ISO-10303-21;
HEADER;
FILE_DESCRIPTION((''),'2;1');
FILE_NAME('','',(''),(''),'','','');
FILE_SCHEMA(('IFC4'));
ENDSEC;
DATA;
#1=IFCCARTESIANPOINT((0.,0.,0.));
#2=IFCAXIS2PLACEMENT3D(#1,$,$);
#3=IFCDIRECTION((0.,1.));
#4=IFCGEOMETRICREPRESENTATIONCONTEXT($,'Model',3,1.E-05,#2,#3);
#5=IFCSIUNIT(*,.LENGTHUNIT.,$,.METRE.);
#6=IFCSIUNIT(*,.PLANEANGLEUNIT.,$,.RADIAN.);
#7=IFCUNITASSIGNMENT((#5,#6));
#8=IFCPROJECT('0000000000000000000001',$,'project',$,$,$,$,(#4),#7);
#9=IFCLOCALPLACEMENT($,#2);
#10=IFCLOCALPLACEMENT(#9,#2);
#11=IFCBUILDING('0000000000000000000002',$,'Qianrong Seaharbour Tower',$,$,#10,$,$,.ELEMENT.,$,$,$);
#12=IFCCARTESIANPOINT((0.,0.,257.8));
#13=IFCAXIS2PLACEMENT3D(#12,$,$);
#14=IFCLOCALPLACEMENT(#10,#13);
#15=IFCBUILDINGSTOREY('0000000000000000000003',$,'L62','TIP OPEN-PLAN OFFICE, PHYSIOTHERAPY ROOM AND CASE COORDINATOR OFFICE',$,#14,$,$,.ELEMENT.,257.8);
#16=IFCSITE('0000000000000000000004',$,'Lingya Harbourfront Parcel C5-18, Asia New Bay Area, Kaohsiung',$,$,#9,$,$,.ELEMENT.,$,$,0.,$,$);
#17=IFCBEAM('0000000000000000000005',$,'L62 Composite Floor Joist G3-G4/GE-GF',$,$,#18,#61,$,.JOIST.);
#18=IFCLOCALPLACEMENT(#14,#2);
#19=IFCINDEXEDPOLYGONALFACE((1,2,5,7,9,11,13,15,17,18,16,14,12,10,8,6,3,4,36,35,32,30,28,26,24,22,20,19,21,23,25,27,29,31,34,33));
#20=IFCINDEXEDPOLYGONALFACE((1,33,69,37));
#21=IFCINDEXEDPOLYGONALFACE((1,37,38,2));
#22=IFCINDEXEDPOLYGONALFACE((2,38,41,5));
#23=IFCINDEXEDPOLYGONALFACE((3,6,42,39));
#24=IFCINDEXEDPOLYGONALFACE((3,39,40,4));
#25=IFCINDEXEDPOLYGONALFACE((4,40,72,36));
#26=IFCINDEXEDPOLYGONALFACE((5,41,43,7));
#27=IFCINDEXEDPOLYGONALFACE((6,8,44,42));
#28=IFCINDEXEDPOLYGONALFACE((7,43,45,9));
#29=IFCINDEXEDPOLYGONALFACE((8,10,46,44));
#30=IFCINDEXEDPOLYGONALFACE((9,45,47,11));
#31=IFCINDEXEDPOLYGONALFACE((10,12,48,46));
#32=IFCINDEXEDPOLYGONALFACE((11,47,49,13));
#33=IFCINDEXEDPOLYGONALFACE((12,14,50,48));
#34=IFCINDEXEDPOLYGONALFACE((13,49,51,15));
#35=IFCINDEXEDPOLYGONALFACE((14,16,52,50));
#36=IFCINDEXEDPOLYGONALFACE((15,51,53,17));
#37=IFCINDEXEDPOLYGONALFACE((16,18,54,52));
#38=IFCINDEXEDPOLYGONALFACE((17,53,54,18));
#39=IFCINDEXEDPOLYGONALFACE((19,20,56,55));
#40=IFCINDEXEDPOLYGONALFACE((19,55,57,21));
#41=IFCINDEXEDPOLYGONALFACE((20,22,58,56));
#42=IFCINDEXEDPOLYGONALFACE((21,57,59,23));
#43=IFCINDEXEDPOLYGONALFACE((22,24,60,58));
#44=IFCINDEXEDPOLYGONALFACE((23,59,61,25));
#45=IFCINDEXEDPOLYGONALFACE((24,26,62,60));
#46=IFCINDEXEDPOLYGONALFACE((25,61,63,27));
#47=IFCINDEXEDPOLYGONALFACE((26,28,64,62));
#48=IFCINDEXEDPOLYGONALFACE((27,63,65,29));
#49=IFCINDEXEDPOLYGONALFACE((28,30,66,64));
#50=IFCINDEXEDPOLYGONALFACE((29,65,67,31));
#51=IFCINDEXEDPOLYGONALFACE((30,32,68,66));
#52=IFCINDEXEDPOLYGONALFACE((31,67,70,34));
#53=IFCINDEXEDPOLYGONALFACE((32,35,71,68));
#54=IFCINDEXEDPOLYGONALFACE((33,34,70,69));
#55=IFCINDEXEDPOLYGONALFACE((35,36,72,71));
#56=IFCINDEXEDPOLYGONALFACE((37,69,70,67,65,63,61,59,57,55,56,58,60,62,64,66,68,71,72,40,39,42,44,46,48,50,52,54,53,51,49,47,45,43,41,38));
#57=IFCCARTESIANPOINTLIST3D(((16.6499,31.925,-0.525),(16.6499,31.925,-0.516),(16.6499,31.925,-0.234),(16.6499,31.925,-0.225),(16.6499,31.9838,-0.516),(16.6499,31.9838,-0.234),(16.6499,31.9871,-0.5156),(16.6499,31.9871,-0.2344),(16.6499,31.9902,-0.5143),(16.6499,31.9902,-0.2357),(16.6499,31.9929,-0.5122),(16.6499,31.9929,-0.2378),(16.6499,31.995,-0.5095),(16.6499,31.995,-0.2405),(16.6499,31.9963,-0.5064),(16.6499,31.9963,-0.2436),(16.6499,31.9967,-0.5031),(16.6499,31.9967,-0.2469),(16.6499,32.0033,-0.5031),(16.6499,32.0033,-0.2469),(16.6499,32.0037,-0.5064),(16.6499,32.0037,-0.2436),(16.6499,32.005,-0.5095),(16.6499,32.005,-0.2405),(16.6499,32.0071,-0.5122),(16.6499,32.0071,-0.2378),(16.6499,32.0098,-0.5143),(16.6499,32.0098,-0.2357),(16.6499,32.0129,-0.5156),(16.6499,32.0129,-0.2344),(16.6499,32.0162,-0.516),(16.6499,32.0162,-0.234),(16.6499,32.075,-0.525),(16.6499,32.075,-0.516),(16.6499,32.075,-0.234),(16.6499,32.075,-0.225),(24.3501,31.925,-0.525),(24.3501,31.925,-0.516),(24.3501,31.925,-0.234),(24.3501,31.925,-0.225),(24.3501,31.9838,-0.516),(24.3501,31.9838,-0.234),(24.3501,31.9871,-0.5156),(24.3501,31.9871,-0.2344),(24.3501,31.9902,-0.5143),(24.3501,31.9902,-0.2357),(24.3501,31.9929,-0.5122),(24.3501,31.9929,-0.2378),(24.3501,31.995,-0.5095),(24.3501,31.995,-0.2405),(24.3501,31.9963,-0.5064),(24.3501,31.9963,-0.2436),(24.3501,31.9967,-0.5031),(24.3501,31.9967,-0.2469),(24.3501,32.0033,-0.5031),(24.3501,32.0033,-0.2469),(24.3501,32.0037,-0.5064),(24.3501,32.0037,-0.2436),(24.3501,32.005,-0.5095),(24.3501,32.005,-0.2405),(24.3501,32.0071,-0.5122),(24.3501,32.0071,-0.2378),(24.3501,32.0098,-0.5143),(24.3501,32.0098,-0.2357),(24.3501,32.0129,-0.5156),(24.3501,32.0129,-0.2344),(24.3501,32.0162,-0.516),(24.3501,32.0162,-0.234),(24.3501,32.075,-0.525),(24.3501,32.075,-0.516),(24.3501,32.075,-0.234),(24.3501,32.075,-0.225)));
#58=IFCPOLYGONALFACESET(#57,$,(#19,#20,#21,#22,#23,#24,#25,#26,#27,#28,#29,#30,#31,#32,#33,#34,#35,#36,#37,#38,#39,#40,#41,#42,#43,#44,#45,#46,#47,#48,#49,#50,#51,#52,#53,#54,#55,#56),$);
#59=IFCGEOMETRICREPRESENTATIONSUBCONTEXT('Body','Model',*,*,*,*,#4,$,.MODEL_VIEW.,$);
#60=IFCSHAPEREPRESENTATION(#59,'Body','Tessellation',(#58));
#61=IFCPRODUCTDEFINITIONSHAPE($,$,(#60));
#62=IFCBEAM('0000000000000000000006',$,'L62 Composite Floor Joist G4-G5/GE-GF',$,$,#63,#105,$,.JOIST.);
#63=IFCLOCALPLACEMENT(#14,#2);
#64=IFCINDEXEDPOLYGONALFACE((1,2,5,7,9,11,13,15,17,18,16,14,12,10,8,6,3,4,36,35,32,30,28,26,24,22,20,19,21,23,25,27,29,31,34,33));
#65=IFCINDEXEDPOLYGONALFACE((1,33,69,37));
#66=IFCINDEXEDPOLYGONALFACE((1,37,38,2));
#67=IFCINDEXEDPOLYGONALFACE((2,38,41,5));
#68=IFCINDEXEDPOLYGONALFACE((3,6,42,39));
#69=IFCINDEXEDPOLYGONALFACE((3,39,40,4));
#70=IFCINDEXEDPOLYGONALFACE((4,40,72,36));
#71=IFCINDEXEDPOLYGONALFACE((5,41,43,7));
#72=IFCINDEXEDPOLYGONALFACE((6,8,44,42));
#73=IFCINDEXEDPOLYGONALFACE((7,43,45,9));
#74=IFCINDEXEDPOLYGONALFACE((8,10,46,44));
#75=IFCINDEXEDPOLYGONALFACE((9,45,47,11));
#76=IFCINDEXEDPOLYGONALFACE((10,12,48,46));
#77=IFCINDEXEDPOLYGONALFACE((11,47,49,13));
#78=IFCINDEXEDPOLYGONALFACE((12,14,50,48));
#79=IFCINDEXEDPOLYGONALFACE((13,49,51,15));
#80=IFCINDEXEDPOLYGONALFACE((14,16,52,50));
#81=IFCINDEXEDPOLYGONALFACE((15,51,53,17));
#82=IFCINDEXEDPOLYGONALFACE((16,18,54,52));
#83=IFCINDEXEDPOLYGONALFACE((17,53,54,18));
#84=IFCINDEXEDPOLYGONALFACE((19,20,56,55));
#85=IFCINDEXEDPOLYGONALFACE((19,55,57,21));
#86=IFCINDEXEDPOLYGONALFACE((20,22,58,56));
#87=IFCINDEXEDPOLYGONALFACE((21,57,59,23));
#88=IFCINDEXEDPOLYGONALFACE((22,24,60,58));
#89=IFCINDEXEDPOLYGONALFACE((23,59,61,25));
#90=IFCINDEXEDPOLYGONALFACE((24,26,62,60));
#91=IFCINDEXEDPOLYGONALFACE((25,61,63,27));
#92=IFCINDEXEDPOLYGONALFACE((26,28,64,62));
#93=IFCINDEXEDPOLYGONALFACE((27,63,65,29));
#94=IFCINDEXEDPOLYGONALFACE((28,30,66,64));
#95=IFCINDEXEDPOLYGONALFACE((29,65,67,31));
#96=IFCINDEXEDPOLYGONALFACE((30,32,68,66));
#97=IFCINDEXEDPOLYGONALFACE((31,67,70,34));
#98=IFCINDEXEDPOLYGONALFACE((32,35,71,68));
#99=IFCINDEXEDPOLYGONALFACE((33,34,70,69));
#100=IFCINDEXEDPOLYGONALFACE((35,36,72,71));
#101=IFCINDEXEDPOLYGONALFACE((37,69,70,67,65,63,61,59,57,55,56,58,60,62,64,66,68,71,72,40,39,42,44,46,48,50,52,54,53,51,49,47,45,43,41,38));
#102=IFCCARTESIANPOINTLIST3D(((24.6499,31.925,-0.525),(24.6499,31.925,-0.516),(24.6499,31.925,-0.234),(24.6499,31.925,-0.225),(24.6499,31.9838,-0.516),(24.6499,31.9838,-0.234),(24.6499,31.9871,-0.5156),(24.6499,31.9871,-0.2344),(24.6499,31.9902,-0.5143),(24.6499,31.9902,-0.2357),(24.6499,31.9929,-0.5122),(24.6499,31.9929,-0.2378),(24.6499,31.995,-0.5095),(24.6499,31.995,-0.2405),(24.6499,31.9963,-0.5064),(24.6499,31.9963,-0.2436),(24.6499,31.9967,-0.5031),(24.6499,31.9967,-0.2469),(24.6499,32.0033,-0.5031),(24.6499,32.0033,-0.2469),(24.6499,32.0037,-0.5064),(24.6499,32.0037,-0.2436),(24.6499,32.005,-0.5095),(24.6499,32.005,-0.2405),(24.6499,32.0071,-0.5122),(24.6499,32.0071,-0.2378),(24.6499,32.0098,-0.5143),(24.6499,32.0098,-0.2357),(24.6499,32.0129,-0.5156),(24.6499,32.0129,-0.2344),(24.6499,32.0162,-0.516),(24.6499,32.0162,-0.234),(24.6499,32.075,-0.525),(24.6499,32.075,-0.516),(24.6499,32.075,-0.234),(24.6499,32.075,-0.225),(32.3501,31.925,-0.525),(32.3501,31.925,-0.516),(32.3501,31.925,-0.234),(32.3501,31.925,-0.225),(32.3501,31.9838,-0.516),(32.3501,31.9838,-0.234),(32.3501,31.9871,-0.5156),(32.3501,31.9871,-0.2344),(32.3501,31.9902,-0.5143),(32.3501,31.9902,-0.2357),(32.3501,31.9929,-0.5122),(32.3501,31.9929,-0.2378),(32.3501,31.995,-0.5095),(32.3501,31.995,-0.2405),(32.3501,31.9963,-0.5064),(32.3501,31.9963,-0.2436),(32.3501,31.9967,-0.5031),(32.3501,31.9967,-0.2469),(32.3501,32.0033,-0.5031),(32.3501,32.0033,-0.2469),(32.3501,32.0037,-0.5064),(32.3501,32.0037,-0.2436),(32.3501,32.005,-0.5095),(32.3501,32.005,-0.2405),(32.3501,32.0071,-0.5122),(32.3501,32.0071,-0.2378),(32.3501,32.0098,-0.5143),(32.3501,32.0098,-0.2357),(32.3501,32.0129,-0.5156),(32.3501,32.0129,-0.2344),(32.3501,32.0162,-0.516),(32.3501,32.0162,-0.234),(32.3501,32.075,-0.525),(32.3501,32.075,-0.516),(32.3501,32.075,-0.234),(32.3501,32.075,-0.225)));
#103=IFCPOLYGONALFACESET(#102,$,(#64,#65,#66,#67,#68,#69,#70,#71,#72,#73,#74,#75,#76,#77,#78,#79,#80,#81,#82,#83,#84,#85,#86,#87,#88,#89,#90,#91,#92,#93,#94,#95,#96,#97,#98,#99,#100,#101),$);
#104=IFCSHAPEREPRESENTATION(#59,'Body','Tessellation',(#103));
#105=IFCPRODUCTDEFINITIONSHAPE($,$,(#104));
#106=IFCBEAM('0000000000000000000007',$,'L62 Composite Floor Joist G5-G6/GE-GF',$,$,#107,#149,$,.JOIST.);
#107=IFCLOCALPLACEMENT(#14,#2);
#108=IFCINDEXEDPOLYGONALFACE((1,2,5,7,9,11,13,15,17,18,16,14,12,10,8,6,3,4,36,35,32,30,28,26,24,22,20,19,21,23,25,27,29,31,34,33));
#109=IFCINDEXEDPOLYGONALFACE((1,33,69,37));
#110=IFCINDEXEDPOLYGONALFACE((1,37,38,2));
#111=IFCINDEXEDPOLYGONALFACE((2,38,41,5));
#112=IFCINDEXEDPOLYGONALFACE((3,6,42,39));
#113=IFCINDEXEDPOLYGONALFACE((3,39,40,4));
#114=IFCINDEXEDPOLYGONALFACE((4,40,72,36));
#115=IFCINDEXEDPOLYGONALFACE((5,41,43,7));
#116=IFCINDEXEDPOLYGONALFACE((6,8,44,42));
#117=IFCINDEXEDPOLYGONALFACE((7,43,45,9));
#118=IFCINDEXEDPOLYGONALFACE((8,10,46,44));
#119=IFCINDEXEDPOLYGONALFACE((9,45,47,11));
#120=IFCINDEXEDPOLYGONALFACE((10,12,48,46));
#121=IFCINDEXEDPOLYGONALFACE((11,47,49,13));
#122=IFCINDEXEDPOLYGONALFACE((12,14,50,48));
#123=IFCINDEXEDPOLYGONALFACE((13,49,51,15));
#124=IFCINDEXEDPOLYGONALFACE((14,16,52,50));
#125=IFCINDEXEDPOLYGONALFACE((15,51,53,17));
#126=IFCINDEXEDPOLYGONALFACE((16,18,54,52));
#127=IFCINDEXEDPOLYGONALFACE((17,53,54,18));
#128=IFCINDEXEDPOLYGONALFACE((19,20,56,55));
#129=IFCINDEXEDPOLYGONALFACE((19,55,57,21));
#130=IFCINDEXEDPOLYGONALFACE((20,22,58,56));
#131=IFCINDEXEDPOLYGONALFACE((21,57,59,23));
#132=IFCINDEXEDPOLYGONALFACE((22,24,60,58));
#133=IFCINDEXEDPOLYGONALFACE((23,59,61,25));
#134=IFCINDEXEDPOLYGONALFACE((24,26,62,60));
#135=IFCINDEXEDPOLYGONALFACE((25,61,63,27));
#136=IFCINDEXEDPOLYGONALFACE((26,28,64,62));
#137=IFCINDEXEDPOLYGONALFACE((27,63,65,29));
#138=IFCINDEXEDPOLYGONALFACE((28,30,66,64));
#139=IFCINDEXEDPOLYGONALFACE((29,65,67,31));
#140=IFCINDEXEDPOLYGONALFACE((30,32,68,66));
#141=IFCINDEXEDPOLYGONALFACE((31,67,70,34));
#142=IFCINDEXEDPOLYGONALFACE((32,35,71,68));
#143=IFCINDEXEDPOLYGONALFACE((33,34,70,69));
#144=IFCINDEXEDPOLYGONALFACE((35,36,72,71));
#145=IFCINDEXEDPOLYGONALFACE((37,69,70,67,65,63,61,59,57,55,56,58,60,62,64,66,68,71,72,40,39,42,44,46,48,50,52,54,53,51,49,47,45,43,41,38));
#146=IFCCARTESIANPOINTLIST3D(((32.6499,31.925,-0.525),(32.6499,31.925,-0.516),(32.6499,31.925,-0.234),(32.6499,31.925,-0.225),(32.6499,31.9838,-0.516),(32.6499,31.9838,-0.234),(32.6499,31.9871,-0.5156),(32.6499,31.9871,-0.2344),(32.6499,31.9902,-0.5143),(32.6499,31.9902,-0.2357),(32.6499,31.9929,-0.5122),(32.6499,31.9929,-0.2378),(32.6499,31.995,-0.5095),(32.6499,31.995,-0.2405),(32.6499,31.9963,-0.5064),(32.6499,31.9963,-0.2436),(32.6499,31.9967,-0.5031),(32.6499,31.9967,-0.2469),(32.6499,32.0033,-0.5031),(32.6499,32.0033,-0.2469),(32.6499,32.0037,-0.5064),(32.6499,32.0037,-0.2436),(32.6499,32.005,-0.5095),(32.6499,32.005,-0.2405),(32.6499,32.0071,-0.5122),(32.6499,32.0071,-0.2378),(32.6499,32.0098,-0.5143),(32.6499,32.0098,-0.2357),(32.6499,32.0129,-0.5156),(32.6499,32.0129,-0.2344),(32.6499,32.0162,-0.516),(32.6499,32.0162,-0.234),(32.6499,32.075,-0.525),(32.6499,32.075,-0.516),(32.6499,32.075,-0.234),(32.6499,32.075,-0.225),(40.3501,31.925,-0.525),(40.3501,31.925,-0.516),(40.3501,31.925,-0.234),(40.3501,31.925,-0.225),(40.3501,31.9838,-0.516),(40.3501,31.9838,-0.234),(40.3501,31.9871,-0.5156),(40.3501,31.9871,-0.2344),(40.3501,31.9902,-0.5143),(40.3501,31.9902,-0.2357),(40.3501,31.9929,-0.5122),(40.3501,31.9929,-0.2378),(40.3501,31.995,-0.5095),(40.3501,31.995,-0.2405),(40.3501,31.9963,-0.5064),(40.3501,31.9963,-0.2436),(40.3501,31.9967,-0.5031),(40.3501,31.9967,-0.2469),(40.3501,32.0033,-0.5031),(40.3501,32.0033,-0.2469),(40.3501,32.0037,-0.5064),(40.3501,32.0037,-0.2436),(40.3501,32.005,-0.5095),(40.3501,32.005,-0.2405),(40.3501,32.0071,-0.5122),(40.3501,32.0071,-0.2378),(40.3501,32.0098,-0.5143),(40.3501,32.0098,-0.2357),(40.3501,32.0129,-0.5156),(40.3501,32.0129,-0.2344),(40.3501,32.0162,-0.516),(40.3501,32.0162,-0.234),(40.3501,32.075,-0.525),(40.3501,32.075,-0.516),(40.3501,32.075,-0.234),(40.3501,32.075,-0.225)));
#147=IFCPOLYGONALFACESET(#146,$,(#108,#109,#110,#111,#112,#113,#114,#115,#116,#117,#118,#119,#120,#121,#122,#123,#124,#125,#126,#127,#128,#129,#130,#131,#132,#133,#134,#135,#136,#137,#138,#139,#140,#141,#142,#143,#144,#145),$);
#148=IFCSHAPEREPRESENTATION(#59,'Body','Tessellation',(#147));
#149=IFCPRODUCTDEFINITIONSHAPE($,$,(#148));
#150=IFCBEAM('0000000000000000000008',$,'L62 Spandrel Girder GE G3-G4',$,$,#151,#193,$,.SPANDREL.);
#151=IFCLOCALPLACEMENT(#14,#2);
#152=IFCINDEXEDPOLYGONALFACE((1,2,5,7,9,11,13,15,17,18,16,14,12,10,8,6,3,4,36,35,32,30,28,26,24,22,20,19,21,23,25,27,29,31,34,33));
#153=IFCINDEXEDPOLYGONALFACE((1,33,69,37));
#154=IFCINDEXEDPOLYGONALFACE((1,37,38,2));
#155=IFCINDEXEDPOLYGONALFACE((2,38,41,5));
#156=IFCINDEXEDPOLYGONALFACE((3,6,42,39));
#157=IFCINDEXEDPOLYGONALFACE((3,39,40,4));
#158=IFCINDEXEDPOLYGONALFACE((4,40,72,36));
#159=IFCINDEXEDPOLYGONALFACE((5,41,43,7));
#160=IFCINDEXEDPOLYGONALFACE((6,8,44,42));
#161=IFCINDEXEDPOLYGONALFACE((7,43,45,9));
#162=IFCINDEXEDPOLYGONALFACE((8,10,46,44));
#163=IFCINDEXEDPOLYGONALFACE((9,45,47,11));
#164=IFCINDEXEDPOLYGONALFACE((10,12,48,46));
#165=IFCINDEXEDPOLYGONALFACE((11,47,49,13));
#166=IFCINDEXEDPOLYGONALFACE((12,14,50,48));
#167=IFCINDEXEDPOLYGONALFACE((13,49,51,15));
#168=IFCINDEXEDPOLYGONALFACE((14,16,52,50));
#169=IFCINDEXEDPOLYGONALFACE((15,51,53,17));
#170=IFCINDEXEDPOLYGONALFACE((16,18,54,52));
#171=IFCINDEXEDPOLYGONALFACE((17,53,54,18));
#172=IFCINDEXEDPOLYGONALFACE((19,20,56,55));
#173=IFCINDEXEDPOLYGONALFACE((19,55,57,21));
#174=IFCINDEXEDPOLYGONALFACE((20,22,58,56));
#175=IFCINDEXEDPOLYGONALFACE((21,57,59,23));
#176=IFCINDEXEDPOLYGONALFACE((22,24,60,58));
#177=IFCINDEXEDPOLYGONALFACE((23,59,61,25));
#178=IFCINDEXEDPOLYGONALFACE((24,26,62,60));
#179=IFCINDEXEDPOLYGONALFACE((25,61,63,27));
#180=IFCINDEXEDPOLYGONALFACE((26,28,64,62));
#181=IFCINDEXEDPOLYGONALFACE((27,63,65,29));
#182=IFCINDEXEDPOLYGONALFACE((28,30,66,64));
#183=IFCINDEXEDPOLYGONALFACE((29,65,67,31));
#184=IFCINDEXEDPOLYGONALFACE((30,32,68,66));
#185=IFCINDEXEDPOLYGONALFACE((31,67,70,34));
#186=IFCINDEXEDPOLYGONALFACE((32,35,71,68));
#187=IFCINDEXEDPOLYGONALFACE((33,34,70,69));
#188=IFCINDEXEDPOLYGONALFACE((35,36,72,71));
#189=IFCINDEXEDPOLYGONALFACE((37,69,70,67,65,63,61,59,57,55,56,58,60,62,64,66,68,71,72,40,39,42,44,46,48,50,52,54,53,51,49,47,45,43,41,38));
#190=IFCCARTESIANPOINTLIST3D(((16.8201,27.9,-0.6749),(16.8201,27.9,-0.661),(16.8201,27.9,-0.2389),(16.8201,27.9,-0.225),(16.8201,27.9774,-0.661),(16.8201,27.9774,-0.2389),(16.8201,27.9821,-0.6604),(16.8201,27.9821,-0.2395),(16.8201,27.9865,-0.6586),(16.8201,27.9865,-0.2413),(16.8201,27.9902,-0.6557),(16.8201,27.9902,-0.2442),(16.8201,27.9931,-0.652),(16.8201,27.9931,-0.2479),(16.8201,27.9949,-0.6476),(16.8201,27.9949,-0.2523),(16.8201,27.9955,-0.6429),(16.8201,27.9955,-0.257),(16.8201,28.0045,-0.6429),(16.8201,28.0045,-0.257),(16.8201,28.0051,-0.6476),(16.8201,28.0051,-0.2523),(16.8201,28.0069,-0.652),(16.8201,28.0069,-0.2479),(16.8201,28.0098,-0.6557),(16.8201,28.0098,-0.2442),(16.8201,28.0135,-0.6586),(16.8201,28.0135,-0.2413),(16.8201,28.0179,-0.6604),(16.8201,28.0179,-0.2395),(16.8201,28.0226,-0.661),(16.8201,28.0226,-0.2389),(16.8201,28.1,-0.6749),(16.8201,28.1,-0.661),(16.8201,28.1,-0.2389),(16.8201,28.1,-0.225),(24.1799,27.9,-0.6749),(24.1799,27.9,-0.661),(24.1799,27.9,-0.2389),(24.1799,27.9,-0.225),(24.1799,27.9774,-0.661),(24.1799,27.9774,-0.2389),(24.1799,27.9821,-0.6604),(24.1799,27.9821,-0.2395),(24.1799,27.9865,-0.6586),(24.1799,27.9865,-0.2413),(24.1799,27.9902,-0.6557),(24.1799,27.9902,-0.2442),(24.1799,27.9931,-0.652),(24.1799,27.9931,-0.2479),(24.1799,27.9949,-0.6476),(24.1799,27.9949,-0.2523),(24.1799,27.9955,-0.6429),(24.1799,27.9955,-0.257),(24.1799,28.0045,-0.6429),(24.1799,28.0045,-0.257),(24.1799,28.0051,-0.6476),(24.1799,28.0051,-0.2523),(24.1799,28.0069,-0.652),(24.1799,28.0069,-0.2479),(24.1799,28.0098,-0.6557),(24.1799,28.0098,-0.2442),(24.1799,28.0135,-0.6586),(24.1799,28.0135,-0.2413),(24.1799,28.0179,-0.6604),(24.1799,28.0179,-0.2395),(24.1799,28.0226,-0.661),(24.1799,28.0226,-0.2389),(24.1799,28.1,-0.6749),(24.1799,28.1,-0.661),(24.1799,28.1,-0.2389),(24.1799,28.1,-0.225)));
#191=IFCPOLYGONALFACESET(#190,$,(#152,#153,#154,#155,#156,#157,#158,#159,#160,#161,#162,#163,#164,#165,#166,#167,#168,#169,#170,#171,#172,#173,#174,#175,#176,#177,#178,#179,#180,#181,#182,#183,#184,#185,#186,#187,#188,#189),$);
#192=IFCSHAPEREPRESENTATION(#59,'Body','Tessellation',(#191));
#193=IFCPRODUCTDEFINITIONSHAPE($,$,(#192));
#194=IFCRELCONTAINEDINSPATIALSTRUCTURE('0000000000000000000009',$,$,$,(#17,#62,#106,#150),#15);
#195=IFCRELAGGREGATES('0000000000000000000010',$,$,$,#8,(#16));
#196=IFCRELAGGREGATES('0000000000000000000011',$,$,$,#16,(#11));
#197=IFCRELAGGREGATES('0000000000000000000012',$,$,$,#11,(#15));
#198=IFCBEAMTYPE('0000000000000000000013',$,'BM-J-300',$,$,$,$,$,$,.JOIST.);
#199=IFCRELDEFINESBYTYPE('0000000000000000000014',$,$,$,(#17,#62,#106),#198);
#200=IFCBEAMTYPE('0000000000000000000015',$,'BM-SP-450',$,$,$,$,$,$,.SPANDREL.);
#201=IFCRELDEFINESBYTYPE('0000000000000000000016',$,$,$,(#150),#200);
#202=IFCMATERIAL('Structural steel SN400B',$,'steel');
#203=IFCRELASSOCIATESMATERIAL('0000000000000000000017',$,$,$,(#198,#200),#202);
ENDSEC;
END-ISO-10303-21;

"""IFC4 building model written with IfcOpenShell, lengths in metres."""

from ifc_helpers import new_model, si_unit, direction, frame, origin, origin_2d, place, context, subcontext, project, spatial, i_section, extrude, material, material_profile, profile_set, type_object, element, save


model = new_model("IFC4")

# Units and contexts
model_context = context("Model", 3, precision=1e-05, world=origin(), true_north=direction((0.0, 1.0)))
body_context = subcontext(model_context, "Body", "Model", "MODEL_VIEW")
ifc_project = project(units=[si_unit("LENGTHUNIT", "METRE"), si_unit("PLANEANGLEUNIT", "RADIAN")], contexts=[model_context])

# Site, building, storey
site_placement = place(None, origin())
site = spatial("IfcSite", under=ifc_project, at=site_placement, Name="Lingya Harbourfront Parcel C5-18, Asia New Bay Area, Kaohsiung", CompositionType="ELEMENT", RefElevation=0.0)
building_placement = place(site_placement, origin())
building = spatial("IfcBuilding", under=site, at=building_placement, Name="Qianrong Seaharbour Tower", CompositionType="ELEMENT")
storey_placement = place(building_placement, frame((0.0, 0.0, 257.8)))
storey = spatial("IfcBuildingStorey", under=building, at=storey_placement, Name="L62", Description="TIP OPEN-PLAN OFFICE, PHYSIOTHERAPY ROOM AND CASE COORDINATOR OFFICE", CompositionType="ELEMENT", Elevation=257.8)

# Beams
ifc_material_1 = material(Name="Structural steel SN400B", Category="steel")
ifc_material_profile_1 = material_profile(ifc_material_1, i_section(OverallWidth=0.1499, OverallDepth=0.3, WebThickness=0.0066, FlangeThickness=0.009, FilletRadius=0.0129, at=origin_2d()), Name="H300x150x6.5x9")
ifc_profile_set_1 = profile_set([ifc_material_profile_1], Name="Structural steel SN400B")
beam_type_1 = type_object("IfcBeamType", Name="BM-J-300", PredefinedType="JOIST", material=ifc_profile_set_1)
for number, where, z_axis, x_axis, name in (
    (1, (16.6499, 32.0, -0.375), (1.0, 0.0, 0.0), (0.0, 1.0, 0.0), "L62 Composite Floor Joist G3-G4/GE-GF"),
    (2, (24.6499, 32.0, -0.375), (1.0, 0.0, 0.0), (0.0, 1.0, 0.0), "L62 Composite Floor Joist G4-G5/GE-GF"),
    (3, (32.6499, 32.0, -0.375), (1.0, 0.0, 0.0), (0.0, 1.0, 0.0), "L62 Composite Floor Joist G5-G6/GE-GF"),
):
    element("IfcBeam", number, at=place(storey_placement, frame(where, z_axis=z_axis, x_axis=x_axis)), inside=storey, type_object=beam_type_1, Name=name, PredefinedType="JOIST", context=body_context, shape_type="SweptSolid", body=[
        extrude(i_section(OverallWidth=0.1499, OverallDepth=0.3, WebThickness=0.0066, FlangeThickness=0.009, FilletRadius=0.0129, at=origin_2d()), origin(), (0.0, 0.0, 1.0), 7.7002),
    ])
ifc_material_profile_2 = material_profile(ifc_material_1, i_section(OverallWidth=0.2, OverallDepth=0.45, WebThickness=0.009, FlangeThickness=0.0139, FilletRadius=0.0181, at=origin_2d()), Name="H450x200x9x14")
ifc_profile_set_2 = profile_set([ifc_material_profile_2], Name="Structural steel SN400B")
beam_type_2 = type_object("IfcBeamType", Name="BM-SP-450", PredefinedType="SPANDREL", material=ifc_profile_set_2)
for number, where, z_axis, x_axis, name in (
    (4, (16.8201, 28.0, -0.45), (1.0, 0.0, 0.0), (0.0, 1.0, 0.0), "L62 Spandrel Girder GE G3-G4"),
):
    element("IfcBeam", number, at=place(storey_placement, frame(where, z_axis=z_axis, x_axis=x_axis)), inside=storey, type_object=beam_type_2, Name=name, PredefinedType="SPANDREL", context=body_context, shape_type="SweptSolid", body=[
        extrude(i_section(OverallWidth=0.2, OverallDepth=0.45, WebThickness=0.009, FlangeThickness=0.0139, FilletRadius=0.0181, at=origin_2d()), origin(), (0.0, 0.0, 1.0), 7.3599),
    ])

save(model, "model.ifc")
